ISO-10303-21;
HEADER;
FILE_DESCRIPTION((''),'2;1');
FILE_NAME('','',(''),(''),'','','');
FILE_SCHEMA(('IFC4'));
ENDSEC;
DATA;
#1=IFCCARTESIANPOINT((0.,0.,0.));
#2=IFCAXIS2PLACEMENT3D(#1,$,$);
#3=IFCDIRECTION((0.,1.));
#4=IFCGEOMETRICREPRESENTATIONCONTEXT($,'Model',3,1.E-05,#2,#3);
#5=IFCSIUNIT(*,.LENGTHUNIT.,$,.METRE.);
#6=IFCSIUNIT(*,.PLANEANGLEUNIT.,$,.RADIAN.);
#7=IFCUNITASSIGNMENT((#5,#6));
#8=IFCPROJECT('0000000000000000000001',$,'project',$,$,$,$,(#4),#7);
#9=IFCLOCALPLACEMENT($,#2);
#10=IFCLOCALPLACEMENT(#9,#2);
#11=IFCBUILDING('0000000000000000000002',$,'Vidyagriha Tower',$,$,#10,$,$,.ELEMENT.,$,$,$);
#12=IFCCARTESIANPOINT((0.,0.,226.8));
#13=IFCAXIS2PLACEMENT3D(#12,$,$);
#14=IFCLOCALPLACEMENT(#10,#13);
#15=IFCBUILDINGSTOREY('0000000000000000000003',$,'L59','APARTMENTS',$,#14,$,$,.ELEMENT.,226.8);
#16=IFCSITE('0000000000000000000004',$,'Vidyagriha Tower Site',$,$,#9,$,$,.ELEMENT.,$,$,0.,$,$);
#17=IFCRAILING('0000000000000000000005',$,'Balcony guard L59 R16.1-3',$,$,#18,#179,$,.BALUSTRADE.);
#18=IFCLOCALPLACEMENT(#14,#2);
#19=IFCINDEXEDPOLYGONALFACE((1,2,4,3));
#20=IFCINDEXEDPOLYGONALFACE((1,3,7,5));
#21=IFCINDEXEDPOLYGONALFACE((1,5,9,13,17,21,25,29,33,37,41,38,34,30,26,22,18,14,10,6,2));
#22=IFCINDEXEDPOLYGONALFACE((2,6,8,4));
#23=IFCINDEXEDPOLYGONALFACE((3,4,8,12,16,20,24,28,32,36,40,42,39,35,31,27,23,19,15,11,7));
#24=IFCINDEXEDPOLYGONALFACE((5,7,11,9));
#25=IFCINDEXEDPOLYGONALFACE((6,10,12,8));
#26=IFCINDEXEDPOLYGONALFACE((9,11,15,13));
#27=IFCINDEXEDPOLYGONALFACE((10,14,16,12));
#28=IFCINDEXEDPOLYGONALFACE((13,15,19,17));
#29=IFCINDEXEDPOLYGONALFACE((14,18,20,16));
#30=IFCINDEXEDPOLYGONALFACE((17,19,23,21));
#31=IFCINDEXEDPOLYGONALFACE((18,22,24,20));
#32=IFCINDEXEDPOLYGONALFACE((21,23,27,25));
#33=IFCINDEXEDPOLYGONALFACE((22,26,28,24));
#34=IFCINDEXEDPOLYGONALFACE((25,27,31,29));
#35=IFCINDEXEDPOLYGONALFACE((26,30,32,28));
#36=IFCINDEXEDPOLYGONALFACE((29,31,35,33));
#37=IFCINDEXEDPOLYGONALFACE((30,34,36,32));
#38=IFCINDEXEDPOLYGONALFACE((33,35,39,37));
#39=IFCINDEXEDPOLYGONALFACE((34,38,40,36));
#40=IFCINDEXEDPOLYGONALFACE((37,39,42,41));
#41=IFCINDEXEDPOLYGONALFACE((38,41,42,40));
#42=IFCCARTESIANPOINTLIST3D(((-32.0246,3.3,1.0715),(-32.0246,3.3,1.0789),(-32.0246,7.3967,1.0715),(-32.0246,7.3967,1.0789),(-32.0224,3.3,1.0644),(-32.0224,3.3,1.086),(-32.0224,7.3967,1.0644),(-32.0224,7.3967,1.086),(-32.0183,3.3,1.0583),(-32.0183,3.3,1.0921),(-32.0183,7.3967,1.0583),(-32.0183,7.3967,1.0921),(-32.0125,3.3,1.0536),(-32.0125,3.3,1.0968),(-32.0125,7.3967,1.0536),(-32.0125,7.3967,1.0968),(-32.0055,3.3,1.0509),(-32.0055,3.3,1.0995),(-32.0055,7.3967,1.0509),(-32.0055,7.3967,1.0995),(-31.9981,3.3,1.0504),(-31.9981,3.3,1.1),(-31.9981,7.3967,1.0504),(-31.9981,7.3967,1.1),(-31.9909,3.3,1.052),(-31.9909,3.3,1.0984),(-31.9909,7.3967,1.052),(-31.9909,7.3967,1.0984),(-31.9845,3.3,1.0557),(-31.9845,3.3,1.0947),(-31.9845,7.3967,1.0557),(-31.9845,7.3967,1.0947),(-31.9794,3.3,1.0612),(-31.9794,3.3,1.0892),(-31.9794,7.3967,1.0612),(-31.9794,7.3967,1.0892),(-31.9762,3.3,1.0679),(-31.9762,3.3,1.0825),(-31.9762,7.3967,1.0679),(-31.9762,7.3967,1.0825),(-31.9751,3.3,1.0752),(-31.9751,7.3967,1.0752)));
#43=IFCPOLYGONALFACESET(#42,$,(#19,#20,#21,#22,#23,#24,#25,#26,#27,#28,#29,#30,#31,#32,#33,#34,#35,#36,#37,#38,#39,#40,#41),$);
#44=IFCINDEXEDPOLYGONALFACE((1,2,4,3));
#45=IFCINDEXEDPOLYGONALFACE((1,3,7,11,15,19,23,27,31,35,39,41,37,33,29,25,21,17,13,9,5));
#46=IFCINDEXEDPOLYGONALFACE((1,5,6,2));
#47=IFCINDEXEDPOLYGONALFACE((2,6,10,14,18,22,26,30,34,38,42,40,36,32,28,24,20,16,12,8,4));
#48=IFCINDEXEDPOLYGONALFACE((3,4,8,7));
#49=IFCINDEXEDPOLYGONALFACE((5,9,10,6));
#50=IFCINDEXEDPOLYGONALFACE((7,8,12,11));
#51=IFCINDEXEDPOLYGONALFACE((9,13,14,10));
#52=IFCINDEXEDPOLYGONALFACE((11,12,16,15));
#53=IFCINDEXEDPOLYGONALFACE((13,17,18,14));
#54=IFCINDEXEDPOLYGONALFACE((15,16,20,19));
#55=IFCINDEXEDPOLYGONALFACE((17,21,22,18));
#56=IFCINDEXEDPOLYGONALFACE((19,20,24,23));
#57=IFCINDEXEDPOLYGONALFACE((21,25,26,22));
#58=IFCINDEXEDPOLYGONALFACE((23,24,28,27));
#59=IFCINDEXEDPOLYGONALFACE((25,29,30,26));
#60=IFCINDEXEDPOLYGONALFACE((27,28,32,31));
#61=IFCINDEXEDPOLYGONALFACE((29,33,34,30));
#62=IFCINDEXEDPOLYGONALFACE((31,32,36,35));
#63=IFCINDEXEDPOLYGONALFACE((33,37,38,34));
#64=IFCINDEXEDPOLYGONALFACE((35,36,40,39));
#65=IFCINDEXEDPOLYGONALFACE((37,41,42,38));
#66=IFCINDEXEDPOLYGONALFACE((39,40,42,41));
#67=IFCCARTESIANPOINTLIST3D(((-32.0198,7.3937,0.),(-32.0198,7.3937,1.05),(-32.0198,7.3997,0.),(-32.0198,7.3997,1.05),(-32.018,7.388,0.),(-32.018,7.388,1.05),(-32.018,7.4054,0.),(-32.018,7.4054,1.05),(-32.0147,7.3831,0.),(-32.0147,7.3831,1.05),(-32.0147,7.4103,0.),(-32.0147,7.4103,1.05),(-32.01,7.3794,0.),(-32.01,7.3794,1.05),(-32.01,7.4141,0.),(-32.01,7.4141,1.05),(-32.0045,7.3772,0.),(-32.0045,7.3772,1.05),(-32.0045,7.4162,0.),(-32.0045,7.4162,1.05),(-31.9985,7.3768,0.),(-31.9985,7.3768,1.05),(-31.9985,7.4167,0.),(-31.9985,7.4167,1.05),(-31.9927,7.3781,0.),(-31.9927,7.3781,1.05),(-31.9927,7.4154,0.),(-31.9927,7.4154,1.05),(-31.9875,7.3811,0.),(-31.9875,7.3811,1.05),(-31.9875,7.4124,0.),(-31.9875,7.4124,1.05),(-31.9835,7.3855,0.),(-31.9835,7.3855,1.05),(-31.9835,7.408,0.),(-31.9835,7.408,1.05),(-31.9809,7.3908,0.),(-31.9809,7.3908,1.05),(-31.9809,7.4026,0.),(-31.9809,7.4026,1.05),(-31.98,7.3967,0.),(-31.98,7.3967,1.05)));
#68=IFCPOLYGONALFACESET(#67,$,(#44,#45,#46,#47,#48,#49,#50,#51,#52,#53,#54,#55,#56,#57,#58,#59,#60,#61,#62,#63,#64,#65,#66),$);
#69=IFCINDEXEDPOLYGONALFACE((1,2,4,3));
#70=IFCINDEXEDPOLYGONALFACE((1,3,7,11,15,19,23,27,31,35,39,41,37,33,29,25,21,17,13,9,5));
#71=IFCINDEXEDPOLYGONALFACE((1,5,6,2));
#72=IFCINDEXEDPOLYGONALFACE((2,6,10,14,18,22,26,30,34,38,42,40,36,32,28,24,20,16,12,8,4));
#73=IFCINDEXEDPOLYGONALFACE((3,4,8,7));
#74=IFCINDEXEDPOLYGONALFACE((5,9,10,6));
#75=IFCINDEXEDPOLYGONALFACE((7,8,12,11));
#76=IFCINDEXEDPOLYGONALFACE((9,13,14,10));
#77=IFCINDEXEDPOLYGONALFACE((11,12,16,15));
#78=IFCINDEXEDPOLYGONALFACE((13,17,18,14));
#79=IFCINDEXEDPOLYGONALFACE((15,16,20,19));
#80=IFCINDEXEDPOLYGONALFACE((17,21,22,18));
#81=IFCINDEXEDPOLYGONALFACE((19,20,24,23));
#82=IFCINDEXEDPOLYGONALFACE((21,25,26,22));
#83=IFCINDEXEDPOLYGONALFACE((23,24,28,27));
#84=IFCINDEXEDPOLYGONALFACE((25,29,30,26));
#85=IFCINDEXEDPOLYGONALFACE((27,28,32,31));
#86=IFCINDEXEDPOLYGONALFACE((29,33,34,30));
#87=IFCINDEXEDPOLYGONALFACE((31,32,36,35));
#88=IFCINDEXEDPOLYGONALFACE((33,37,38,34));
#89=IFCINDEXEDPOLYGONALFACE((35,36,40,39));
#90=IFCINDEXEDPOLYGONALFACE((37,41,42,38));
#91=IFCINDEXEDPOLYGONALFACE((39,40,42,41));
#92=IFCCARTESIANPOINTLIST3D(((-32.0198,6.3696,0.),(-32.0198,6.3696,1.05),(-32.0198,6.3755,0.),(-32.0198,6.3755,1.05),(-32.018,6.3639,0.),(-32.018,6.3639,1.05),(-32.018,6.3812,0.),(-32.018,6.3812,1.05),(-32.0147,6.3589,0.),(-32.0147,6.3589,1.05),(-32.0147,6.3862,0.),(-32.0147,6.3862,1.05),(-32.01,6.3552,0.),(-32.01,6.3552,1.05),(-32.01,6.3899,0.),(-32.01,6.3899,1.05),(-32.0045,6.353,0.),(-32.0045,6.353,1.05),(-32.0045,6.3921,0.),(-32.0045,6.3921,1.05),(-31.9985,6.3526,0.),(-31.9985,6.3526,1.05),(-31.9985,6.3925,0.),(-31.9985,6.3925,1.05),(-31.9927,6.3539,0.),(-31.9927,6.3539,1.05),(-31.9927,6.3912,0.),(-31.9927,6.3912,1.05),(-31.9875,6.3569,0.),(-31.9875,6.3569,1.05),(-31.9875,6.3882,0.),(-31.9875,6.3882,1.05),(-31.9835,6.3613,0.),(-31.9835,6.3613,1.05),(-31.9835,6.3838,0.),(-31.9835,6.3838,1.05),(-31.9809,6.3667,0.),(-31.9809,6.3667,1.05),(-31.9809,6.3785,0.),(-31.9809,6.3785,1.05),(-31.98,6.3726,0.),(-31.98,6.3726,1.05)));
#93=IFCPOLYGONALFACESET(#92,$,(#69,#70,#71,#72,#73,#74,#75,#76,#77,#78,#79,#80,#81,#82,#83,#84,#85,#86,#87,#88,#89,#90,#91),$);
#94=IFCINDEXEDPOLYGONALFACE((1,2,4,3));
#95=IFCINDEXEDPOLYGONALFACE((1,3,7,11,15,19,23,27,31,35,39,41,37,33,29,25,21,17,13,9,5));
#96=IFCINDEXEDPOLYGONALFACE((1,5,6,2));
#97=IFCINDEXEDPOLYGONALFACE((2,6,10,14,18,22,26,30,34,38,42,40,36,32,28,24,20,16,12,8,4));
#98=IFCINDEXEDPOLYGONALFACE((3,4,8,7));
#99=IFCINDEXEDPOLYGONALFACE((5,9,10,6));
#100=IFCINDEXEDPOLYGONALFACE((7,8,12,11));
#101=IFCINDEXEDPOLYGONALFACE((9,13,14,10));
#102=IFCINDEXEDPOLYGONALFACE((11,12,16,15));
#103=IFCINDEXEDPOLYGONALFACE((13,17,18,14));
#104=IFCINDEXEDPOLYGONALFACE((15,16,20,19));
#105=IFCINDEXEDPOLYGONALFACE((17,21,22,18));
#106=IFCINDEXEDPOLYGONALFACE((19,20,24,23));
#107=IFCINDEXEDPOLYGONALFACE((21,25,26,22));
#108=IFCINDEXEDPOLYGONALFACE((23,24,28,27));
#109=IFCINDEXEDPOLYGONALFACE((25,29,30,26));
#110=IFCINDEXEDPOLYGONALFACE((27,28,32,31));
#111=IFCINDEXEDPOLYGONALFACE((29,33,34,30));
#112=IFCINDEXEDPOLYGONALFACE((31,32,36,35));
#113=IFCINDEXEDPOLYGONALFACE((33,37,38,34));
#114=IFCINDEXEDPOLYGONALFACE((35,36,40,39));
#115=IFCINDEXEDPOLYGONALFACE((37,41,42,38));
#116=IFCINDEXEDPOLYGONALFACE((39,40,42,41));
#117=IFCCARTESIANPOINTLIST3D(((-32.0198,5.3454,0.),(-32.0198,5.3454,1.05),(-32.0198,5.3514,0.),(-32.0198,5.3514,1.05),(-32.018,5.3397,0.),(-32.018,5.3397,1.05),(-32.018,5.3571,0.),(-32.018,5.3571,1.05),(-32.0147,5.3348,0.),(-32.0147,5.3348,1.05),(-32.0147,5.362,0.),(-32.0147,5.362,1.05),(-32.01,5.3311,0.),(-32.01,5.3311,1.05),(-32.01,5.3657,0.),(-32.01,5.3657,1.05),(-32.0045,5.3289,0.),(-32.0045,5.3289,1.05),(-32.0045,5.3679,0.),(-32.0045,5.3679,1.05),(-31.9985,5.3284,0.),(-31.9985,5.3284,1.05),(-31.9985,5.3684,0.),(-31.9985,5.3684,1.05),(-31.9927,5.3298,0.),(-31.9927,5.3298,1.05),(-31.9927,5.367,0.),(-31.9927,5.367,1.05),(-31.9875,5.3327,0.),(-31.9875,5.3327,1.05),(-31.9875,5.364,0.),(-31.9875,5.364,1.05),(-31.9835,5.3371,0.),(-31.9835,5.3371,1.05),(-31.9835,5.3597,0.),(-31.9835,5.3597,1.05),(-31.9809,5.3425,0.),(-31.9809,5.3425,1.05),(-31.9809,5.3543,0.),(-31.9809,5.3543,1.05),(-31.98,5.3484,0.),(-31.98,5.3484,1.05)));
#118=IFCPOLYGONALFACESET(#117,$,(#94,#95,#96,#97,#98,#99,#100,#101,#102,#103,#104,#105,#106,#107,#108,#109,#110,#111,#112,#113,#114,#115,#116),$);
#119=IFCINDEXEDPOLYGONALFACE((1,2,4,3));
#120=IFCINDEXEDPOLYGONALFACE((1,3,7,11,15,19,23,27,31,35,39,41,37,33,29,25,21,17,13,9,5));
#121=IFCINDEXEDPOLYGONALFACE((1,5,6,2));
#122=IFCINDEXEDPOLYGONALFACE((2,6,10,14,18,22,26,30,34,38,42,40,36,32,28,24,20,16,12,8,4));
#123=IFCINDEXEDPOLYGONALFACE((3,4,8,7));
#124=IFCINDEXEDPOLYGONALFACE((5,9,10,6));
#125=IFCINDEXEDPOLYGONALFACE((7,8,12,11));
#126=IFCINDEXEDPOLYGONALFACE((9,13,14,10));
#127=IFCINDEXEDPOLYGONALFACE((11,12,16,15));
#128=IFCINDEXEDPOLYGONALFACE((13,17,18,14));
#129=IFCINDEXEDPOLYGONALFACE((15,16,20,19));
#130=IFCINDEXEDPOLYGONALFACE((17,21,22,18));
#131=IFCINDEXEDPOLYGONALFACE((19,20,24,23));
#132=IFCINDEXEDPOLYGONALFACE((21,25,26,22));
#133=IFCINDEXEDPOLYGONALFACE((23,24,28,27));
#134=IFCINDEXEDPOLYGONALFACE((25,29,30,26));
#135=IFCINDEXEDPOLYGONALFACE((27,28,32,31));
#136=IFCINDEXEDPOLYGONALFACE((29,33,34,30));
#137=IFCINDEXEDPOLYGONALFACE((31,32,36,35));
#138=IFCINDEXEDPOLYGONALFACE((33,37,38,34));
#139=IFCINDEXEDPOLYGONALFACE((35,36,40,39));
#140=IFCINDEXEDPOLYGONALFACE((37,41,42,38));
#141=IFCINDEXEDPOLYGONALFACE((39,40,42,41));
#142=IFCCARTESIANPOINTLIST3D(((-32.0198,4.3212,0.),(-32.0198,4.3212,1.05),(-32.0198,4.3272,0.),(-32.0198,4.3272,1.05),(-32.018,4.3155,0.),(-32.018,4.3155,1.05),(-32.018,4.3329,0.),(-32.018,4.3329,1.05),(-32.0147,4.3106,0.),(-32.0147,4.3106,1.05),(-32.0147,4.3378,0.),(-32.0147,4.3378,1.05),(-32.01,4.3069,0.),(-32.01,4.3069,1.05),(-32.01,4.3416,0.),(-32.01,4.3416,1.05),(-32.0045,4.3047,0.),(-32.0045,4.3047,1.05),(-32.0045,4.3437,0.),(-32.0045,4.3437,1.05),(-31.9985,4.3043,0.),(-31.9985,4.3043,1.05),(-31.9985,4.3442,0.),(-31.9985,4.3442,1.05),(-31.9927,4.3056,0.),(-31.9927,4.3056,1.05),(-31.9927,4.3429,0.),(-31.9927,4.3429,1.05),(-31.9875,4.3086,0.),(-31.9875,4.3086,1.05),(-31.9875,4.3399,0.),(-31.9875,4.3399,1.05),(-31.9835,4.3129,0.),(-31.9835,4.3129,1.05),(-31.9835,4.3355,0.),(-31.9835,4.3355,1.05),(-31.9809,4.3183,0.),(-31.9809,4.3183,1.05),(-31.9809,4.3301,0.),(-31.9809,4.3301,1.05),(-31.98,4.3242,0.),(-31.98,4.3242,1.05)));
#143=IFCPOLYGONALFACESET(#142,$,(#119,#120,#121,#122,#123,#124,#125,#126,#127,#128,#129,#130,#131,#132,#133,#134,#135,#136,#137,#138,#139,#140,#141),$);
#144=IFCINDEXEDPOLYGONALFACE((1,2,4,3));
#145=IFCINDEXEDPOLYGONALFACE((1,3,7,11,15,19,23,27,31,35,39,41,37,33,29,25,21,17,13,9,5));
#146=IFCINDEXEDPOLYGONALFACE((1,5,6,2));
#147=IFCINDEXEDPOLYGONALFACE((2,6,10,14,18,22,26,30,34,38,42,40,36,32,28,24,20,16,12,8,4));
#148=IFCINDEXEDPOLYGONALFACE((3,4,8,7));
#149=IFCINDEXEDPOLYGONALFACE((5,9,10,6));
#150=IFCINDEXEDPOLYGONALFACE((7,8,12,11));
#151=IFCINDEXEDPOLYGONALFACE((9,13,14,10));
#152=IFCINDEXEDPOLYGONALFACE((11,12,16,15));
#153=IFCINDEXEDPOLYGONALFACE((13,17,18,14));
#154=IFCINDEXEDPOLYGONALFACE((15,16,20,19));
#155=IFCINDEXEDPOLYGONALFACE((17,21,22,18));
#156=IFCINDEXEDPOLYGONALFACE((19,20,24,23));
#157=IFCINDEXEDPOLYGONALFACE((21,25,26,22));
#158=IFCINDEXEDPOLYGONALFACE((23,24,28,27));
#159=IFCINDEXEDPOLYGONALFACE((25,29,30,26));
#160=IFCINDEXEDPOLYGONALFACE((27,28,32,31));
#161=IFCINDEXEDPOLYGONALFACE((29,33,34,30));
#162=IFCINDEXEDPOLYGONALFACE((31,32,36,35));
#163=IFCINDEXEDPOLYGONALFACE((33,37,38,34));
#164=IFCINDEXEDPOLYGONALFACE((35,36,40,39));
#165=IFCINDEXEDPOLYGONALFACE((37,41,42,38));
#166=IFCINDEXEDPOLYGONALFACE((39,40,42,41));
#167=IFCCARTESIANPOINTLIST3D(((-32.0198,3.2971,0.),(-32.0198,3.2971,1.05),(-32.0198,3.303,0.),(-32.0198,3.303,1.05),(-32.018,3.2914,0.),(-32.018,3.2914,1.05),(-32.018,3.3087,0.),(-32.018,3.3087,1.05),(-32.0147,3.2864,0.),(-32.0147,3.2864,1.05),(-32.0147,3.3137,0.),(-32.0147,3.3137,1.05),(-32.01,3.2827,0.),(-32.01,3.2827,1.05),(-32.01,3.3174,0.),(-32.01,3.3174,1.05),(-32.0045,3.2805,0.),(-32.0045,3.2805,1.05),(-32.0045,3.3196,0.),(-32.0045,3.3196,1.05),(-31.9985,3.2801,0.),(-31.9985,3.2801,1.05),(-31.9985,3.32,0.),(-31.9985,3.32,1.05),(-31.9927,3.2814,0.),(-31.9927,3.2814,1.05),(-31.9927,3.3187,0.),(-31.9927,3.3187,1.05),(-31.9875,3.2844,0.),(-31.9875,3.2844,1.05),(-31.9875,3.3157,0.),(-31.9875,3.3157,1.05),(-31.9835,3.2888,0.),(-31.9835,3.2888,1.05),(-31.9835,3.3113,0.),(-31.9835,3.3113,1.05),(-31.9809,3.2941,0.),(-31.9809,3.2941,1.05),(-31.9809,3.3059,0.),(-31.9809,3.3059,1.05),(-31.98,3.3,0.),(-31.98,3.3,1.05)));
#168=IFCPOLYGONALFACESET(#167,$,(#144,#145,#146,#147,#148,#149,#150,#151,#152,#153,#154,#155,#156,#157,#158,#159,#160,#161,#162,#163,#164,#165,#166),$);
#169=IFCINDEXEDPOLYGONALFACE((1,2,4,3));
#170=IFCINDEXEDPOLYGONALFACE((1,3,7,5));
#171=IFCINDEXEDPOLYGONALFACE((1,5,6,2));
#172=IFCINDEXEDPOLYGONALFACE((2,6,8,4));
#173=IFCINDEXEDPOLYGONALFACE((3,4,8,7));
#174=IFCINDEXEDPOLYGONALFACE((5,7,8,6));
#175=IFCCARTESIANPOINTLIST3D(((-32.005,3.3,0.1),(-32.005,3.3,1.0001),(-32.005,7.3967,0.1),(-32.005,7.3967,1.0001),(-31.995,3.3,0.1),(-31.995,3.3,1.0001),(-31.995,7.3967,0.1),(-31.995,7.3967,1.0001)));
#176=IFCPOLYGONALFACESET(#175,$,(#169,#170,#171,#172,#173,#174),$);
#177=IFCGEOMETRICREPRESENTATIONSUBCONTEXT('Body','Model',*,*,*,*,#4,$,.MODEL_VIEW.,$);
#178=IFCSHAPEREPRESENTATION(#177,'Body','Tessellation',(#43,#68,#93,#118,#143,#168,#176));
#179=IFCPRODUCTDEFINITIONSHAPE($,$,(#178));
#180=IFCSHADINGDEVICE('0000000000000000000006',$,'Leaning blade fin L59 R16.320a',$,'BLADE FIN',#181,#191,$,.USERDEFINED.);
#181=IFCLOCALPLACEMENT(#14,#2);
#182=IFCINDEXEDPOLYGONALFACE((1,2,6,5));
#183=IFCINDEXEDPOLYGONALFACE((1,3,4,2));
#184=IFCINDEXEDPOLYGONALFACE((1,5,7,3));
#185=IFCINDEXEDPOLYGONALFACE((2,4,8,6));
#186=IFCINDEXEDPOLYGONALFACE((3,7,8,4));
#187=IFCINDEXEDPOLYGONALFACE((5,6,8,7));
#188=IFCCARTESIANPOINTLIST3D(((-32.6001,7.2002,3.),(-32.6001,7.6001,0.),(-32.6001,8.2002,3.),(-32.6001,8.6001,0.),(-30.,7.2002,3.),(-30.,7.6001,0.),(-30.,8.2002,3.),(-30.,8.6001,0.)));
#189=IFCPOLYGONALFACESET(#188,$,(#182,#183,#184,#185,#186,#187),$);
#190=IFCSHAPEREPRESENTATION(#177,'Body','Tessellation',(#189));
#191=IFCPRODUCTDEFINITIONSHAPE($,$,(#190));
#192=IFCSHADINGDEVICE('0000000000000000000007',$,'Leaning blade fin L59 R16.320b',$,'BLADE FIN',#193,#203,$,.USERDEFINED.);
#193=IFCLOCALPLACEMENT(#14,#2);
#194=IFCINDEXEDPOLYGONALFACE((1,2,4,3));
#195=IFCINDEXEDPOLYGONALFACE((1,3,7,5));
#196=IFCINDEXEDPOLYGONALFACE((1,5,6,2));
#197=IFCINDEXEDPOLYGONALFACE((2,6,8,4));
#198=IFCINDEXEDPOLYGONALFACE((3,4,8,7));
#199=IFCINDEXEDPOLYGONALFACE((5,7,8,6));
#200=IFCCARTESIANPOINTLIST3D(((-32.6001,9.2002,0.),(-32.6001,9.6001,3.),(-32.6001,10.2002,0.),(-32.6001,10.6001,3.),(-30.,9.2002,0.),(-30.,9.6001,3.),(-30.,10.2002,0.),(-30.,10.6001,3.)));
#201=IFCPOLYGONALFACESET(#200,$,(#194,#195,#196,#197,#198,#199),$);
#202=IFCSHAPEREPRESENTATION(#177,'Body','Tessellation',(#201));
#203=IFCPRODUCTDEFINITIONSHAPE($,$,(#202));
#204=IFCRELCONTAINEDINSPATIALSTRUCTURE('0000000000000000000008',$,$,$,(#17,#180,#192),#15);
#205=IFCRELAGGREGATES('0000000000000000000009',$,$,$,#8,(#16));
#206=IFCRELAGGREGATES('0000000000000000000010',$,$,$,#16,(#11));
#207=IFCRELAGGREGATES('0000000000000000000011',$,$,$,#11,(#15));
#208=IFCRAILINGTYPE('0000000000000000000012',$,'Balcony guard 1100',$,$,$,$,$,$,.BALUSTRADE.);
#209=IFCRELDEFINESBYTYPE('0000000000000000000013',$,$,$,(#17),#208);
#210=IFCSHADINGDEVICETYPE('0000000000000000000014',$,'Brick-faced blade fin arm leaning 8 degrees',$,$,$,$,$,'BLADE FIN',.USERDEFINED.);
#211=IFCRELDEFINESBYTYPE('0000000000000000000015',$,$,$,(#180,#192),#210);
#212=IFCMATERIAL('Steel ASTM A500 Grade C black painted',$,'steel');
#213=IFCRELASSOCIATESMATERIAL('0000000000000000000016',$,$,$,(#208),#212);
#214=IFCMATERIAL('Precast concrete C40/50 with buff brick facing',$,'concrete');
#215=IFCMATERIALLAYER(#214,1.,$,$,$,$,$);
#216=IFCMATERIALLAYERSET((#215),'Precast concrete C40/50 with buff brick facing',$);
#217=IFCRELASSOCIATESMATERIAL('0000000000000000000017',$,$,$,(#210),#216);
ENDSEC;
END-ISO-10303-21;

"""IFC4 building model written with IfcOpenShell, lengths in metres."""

from ifc_helpers import new_model, si_unit, direction, frame, origin, origin_2d, place, context, subcontext, project, spatial, polyline, rectangle, circle, outline, extrude, material, layer, layer_set, type_object, element, save


model = new_model("IFC4")

# Units and contexts
model_context = context("Model", 3, precision=1e-05, world=origin(), true_north=direction((0.0, 1.0)))
body_context = subcontext(model_context, "Body", "Model", "MODEL_VIEW")
ifc_project = project(units=[si_unit("LENGTHUNIT", "METRE"), si_unit("PLANEANGLEUNIT", "RADIAN")], contexts=[model_context])

# Site, building, storey
site_placement = place(None, origin())
site = spatial("IfcSite", under=ifc_project, at=site_placement, Name="Vidyagriha Tower Site", CompositionType="ELEMENT", RefElevation=0.0)
building_placement = place(site_placement, origin())
building = spatial("IfcBuilding", under=site, at=building_placement, Name="Vidyagriha Tower", CompositionType="ELEMENT")
storey_placement = place(building_placement, frame((0.0, 0.0, 226.8)))
storey = spatial("IfcBuildingStorey", under=building, at=storey_placement, Name="L59", Description="APARTMENTS", CompositionType="ELEMENT", Elevation=226.8)

# Railing
ifc_material_1 = material(Name="Steel ASTM A500 Grade C black painted", Category="steel")
railing_type = type_object("IfcRailingType", Name="Balcony guard 1100", PredefinedType="BALUSTRADE", material=ifc_material_1)
railing_1_placement = place(storey_placement, frame((-32.0, 7.3967, 0.0)))
element("IfcRailing", 1, at=railing_1_placement, inside=storey, type_object=railing_type, Name="Balcony guard L59 R16.1-3", PredefinedType="BALUSTRADE", context=body_context, shape_type="SweptSolid", body=[
    extrude(circle(Radius=0.0249, at=origin_2d()), frame((0.0, 0.0, 1.0752), z_axis=(0.0, -1.0, 0.0), x_axis=(1.0, 0.0, 0.0)), (0.0, 0.0, 1.0), 4.0967),
    extrude(circle(Radius=0.02, at=origin_2d()), origin(), (0.0, 0.0, 1.0), 1.05),
    extrude(circle(Radius=0.02, at=origin_2d()), frame((0.0, -1.0242, 0.0)), (0.0, 0.0, 1.0), 1.05),
    extrude(circle(Radius=0.02, at=origin_2d()), frame((0.0, -2.0483, 0.0)), (0.0, 0.0, 1.0), 1.05),
    extrude(circle(Radius=0.02, at=origin_2d()), frame((0.0, -3.0725, 0.0)), (0.0, 0.0, 1.0), 1.05),
    extrude(circle(Radius=0.02, at=origin_2d()), frame((0.0, -4.0967, 0.0)), (0.0, 0.0, 1.0), 1.05),
    extrude(rectangle(XDim=0.01, YDim=0.9001, at=origin_2d()), frame((0.0, 0.0, 0.55), z_axis=(0.0, -1.0, 0.0), x_axis=(1.0, 0.0, 0.0)), (0.0, 0.0, 1.0), 4.0967),
])

# Shading devices
ifc_material_2 = material(Name="Precast concrete C40/50 with buff brick facing", Category="concrete")
ifc_layer_1 = layer(ifc_material_2, 1.0)
ifc_layer_set_1 = layer_set([ifc_layer_1], Name="Precast concrete C40/50 with buff brick facing")
shading_device_type_1 = type_object("IfcShadingDeviceType", Name="Brick-faced blade fin arm leaning 8 degrees", ElementType="BLADE FIN", PredefinedType="USERDEFINED", material=ifc_layer_set_1)
shading_device_1_placement = place(storey_placement, frame((-31.3, 8.6001, 0.0), z_axis=(0.0, 0.0, 1.0), x_axis=(0.0, -1.0, 0.0)))
element("IfcShadingDevice", 2, at=shading_device_1_placement, inside=storey, type_object=shading_device_type_1, Name="Leaning blade fin L59 R16.320a", ObjectType="BLADE FIN", PredefinedType="USERDEFINED", context=body_context, shape_type="SweptSolid", body=[
    extrude(outline(polyline([(0.0, 0.0), (1.0, 0.0), (1.3999, 3.0), (0.3999, 3.0), (0.0, 0.0)])), frame((0.0, 1.3, 0.0), z_axis=(0.0, -1.0, 0.0), x_axis=(1.0, 0.0, 0.0)), (0.0, 0.0, 1.0), 2.6001),
])
shading_device_2_placement = place(storey_placement, frame((-31.3, 10.6001, 0.0), z_axis=(0.0, 0.0, 1.0), x_axis=(0.0, -1.0, 0.0)))
element("IfcShadingDevice", 3, at=shading_device_2_placement, inside=storey, type_object=shading_device_type_1, Name="Leaning blade fin L59 R16.320b", ObjectType="BLADE FIN", PredefinedType="USERDEFINED", context=body_context, shape_type="SweptSolid", body=[
    extrude(outline(polyline([(0.3999, 0.0), (1.3999, 0.0), (1.0, 3.0), (0.0, 3.0), (0.3999, 0.0)])), frame((0.0, 1.3, 0.0), z_axis=(0.0, -1.0, 0.0), x_axis=(1.0, 0.0, 0.0)), (0.0, 0.0, 1.0), 2.6001),
])

save(model, "model.ifc")
